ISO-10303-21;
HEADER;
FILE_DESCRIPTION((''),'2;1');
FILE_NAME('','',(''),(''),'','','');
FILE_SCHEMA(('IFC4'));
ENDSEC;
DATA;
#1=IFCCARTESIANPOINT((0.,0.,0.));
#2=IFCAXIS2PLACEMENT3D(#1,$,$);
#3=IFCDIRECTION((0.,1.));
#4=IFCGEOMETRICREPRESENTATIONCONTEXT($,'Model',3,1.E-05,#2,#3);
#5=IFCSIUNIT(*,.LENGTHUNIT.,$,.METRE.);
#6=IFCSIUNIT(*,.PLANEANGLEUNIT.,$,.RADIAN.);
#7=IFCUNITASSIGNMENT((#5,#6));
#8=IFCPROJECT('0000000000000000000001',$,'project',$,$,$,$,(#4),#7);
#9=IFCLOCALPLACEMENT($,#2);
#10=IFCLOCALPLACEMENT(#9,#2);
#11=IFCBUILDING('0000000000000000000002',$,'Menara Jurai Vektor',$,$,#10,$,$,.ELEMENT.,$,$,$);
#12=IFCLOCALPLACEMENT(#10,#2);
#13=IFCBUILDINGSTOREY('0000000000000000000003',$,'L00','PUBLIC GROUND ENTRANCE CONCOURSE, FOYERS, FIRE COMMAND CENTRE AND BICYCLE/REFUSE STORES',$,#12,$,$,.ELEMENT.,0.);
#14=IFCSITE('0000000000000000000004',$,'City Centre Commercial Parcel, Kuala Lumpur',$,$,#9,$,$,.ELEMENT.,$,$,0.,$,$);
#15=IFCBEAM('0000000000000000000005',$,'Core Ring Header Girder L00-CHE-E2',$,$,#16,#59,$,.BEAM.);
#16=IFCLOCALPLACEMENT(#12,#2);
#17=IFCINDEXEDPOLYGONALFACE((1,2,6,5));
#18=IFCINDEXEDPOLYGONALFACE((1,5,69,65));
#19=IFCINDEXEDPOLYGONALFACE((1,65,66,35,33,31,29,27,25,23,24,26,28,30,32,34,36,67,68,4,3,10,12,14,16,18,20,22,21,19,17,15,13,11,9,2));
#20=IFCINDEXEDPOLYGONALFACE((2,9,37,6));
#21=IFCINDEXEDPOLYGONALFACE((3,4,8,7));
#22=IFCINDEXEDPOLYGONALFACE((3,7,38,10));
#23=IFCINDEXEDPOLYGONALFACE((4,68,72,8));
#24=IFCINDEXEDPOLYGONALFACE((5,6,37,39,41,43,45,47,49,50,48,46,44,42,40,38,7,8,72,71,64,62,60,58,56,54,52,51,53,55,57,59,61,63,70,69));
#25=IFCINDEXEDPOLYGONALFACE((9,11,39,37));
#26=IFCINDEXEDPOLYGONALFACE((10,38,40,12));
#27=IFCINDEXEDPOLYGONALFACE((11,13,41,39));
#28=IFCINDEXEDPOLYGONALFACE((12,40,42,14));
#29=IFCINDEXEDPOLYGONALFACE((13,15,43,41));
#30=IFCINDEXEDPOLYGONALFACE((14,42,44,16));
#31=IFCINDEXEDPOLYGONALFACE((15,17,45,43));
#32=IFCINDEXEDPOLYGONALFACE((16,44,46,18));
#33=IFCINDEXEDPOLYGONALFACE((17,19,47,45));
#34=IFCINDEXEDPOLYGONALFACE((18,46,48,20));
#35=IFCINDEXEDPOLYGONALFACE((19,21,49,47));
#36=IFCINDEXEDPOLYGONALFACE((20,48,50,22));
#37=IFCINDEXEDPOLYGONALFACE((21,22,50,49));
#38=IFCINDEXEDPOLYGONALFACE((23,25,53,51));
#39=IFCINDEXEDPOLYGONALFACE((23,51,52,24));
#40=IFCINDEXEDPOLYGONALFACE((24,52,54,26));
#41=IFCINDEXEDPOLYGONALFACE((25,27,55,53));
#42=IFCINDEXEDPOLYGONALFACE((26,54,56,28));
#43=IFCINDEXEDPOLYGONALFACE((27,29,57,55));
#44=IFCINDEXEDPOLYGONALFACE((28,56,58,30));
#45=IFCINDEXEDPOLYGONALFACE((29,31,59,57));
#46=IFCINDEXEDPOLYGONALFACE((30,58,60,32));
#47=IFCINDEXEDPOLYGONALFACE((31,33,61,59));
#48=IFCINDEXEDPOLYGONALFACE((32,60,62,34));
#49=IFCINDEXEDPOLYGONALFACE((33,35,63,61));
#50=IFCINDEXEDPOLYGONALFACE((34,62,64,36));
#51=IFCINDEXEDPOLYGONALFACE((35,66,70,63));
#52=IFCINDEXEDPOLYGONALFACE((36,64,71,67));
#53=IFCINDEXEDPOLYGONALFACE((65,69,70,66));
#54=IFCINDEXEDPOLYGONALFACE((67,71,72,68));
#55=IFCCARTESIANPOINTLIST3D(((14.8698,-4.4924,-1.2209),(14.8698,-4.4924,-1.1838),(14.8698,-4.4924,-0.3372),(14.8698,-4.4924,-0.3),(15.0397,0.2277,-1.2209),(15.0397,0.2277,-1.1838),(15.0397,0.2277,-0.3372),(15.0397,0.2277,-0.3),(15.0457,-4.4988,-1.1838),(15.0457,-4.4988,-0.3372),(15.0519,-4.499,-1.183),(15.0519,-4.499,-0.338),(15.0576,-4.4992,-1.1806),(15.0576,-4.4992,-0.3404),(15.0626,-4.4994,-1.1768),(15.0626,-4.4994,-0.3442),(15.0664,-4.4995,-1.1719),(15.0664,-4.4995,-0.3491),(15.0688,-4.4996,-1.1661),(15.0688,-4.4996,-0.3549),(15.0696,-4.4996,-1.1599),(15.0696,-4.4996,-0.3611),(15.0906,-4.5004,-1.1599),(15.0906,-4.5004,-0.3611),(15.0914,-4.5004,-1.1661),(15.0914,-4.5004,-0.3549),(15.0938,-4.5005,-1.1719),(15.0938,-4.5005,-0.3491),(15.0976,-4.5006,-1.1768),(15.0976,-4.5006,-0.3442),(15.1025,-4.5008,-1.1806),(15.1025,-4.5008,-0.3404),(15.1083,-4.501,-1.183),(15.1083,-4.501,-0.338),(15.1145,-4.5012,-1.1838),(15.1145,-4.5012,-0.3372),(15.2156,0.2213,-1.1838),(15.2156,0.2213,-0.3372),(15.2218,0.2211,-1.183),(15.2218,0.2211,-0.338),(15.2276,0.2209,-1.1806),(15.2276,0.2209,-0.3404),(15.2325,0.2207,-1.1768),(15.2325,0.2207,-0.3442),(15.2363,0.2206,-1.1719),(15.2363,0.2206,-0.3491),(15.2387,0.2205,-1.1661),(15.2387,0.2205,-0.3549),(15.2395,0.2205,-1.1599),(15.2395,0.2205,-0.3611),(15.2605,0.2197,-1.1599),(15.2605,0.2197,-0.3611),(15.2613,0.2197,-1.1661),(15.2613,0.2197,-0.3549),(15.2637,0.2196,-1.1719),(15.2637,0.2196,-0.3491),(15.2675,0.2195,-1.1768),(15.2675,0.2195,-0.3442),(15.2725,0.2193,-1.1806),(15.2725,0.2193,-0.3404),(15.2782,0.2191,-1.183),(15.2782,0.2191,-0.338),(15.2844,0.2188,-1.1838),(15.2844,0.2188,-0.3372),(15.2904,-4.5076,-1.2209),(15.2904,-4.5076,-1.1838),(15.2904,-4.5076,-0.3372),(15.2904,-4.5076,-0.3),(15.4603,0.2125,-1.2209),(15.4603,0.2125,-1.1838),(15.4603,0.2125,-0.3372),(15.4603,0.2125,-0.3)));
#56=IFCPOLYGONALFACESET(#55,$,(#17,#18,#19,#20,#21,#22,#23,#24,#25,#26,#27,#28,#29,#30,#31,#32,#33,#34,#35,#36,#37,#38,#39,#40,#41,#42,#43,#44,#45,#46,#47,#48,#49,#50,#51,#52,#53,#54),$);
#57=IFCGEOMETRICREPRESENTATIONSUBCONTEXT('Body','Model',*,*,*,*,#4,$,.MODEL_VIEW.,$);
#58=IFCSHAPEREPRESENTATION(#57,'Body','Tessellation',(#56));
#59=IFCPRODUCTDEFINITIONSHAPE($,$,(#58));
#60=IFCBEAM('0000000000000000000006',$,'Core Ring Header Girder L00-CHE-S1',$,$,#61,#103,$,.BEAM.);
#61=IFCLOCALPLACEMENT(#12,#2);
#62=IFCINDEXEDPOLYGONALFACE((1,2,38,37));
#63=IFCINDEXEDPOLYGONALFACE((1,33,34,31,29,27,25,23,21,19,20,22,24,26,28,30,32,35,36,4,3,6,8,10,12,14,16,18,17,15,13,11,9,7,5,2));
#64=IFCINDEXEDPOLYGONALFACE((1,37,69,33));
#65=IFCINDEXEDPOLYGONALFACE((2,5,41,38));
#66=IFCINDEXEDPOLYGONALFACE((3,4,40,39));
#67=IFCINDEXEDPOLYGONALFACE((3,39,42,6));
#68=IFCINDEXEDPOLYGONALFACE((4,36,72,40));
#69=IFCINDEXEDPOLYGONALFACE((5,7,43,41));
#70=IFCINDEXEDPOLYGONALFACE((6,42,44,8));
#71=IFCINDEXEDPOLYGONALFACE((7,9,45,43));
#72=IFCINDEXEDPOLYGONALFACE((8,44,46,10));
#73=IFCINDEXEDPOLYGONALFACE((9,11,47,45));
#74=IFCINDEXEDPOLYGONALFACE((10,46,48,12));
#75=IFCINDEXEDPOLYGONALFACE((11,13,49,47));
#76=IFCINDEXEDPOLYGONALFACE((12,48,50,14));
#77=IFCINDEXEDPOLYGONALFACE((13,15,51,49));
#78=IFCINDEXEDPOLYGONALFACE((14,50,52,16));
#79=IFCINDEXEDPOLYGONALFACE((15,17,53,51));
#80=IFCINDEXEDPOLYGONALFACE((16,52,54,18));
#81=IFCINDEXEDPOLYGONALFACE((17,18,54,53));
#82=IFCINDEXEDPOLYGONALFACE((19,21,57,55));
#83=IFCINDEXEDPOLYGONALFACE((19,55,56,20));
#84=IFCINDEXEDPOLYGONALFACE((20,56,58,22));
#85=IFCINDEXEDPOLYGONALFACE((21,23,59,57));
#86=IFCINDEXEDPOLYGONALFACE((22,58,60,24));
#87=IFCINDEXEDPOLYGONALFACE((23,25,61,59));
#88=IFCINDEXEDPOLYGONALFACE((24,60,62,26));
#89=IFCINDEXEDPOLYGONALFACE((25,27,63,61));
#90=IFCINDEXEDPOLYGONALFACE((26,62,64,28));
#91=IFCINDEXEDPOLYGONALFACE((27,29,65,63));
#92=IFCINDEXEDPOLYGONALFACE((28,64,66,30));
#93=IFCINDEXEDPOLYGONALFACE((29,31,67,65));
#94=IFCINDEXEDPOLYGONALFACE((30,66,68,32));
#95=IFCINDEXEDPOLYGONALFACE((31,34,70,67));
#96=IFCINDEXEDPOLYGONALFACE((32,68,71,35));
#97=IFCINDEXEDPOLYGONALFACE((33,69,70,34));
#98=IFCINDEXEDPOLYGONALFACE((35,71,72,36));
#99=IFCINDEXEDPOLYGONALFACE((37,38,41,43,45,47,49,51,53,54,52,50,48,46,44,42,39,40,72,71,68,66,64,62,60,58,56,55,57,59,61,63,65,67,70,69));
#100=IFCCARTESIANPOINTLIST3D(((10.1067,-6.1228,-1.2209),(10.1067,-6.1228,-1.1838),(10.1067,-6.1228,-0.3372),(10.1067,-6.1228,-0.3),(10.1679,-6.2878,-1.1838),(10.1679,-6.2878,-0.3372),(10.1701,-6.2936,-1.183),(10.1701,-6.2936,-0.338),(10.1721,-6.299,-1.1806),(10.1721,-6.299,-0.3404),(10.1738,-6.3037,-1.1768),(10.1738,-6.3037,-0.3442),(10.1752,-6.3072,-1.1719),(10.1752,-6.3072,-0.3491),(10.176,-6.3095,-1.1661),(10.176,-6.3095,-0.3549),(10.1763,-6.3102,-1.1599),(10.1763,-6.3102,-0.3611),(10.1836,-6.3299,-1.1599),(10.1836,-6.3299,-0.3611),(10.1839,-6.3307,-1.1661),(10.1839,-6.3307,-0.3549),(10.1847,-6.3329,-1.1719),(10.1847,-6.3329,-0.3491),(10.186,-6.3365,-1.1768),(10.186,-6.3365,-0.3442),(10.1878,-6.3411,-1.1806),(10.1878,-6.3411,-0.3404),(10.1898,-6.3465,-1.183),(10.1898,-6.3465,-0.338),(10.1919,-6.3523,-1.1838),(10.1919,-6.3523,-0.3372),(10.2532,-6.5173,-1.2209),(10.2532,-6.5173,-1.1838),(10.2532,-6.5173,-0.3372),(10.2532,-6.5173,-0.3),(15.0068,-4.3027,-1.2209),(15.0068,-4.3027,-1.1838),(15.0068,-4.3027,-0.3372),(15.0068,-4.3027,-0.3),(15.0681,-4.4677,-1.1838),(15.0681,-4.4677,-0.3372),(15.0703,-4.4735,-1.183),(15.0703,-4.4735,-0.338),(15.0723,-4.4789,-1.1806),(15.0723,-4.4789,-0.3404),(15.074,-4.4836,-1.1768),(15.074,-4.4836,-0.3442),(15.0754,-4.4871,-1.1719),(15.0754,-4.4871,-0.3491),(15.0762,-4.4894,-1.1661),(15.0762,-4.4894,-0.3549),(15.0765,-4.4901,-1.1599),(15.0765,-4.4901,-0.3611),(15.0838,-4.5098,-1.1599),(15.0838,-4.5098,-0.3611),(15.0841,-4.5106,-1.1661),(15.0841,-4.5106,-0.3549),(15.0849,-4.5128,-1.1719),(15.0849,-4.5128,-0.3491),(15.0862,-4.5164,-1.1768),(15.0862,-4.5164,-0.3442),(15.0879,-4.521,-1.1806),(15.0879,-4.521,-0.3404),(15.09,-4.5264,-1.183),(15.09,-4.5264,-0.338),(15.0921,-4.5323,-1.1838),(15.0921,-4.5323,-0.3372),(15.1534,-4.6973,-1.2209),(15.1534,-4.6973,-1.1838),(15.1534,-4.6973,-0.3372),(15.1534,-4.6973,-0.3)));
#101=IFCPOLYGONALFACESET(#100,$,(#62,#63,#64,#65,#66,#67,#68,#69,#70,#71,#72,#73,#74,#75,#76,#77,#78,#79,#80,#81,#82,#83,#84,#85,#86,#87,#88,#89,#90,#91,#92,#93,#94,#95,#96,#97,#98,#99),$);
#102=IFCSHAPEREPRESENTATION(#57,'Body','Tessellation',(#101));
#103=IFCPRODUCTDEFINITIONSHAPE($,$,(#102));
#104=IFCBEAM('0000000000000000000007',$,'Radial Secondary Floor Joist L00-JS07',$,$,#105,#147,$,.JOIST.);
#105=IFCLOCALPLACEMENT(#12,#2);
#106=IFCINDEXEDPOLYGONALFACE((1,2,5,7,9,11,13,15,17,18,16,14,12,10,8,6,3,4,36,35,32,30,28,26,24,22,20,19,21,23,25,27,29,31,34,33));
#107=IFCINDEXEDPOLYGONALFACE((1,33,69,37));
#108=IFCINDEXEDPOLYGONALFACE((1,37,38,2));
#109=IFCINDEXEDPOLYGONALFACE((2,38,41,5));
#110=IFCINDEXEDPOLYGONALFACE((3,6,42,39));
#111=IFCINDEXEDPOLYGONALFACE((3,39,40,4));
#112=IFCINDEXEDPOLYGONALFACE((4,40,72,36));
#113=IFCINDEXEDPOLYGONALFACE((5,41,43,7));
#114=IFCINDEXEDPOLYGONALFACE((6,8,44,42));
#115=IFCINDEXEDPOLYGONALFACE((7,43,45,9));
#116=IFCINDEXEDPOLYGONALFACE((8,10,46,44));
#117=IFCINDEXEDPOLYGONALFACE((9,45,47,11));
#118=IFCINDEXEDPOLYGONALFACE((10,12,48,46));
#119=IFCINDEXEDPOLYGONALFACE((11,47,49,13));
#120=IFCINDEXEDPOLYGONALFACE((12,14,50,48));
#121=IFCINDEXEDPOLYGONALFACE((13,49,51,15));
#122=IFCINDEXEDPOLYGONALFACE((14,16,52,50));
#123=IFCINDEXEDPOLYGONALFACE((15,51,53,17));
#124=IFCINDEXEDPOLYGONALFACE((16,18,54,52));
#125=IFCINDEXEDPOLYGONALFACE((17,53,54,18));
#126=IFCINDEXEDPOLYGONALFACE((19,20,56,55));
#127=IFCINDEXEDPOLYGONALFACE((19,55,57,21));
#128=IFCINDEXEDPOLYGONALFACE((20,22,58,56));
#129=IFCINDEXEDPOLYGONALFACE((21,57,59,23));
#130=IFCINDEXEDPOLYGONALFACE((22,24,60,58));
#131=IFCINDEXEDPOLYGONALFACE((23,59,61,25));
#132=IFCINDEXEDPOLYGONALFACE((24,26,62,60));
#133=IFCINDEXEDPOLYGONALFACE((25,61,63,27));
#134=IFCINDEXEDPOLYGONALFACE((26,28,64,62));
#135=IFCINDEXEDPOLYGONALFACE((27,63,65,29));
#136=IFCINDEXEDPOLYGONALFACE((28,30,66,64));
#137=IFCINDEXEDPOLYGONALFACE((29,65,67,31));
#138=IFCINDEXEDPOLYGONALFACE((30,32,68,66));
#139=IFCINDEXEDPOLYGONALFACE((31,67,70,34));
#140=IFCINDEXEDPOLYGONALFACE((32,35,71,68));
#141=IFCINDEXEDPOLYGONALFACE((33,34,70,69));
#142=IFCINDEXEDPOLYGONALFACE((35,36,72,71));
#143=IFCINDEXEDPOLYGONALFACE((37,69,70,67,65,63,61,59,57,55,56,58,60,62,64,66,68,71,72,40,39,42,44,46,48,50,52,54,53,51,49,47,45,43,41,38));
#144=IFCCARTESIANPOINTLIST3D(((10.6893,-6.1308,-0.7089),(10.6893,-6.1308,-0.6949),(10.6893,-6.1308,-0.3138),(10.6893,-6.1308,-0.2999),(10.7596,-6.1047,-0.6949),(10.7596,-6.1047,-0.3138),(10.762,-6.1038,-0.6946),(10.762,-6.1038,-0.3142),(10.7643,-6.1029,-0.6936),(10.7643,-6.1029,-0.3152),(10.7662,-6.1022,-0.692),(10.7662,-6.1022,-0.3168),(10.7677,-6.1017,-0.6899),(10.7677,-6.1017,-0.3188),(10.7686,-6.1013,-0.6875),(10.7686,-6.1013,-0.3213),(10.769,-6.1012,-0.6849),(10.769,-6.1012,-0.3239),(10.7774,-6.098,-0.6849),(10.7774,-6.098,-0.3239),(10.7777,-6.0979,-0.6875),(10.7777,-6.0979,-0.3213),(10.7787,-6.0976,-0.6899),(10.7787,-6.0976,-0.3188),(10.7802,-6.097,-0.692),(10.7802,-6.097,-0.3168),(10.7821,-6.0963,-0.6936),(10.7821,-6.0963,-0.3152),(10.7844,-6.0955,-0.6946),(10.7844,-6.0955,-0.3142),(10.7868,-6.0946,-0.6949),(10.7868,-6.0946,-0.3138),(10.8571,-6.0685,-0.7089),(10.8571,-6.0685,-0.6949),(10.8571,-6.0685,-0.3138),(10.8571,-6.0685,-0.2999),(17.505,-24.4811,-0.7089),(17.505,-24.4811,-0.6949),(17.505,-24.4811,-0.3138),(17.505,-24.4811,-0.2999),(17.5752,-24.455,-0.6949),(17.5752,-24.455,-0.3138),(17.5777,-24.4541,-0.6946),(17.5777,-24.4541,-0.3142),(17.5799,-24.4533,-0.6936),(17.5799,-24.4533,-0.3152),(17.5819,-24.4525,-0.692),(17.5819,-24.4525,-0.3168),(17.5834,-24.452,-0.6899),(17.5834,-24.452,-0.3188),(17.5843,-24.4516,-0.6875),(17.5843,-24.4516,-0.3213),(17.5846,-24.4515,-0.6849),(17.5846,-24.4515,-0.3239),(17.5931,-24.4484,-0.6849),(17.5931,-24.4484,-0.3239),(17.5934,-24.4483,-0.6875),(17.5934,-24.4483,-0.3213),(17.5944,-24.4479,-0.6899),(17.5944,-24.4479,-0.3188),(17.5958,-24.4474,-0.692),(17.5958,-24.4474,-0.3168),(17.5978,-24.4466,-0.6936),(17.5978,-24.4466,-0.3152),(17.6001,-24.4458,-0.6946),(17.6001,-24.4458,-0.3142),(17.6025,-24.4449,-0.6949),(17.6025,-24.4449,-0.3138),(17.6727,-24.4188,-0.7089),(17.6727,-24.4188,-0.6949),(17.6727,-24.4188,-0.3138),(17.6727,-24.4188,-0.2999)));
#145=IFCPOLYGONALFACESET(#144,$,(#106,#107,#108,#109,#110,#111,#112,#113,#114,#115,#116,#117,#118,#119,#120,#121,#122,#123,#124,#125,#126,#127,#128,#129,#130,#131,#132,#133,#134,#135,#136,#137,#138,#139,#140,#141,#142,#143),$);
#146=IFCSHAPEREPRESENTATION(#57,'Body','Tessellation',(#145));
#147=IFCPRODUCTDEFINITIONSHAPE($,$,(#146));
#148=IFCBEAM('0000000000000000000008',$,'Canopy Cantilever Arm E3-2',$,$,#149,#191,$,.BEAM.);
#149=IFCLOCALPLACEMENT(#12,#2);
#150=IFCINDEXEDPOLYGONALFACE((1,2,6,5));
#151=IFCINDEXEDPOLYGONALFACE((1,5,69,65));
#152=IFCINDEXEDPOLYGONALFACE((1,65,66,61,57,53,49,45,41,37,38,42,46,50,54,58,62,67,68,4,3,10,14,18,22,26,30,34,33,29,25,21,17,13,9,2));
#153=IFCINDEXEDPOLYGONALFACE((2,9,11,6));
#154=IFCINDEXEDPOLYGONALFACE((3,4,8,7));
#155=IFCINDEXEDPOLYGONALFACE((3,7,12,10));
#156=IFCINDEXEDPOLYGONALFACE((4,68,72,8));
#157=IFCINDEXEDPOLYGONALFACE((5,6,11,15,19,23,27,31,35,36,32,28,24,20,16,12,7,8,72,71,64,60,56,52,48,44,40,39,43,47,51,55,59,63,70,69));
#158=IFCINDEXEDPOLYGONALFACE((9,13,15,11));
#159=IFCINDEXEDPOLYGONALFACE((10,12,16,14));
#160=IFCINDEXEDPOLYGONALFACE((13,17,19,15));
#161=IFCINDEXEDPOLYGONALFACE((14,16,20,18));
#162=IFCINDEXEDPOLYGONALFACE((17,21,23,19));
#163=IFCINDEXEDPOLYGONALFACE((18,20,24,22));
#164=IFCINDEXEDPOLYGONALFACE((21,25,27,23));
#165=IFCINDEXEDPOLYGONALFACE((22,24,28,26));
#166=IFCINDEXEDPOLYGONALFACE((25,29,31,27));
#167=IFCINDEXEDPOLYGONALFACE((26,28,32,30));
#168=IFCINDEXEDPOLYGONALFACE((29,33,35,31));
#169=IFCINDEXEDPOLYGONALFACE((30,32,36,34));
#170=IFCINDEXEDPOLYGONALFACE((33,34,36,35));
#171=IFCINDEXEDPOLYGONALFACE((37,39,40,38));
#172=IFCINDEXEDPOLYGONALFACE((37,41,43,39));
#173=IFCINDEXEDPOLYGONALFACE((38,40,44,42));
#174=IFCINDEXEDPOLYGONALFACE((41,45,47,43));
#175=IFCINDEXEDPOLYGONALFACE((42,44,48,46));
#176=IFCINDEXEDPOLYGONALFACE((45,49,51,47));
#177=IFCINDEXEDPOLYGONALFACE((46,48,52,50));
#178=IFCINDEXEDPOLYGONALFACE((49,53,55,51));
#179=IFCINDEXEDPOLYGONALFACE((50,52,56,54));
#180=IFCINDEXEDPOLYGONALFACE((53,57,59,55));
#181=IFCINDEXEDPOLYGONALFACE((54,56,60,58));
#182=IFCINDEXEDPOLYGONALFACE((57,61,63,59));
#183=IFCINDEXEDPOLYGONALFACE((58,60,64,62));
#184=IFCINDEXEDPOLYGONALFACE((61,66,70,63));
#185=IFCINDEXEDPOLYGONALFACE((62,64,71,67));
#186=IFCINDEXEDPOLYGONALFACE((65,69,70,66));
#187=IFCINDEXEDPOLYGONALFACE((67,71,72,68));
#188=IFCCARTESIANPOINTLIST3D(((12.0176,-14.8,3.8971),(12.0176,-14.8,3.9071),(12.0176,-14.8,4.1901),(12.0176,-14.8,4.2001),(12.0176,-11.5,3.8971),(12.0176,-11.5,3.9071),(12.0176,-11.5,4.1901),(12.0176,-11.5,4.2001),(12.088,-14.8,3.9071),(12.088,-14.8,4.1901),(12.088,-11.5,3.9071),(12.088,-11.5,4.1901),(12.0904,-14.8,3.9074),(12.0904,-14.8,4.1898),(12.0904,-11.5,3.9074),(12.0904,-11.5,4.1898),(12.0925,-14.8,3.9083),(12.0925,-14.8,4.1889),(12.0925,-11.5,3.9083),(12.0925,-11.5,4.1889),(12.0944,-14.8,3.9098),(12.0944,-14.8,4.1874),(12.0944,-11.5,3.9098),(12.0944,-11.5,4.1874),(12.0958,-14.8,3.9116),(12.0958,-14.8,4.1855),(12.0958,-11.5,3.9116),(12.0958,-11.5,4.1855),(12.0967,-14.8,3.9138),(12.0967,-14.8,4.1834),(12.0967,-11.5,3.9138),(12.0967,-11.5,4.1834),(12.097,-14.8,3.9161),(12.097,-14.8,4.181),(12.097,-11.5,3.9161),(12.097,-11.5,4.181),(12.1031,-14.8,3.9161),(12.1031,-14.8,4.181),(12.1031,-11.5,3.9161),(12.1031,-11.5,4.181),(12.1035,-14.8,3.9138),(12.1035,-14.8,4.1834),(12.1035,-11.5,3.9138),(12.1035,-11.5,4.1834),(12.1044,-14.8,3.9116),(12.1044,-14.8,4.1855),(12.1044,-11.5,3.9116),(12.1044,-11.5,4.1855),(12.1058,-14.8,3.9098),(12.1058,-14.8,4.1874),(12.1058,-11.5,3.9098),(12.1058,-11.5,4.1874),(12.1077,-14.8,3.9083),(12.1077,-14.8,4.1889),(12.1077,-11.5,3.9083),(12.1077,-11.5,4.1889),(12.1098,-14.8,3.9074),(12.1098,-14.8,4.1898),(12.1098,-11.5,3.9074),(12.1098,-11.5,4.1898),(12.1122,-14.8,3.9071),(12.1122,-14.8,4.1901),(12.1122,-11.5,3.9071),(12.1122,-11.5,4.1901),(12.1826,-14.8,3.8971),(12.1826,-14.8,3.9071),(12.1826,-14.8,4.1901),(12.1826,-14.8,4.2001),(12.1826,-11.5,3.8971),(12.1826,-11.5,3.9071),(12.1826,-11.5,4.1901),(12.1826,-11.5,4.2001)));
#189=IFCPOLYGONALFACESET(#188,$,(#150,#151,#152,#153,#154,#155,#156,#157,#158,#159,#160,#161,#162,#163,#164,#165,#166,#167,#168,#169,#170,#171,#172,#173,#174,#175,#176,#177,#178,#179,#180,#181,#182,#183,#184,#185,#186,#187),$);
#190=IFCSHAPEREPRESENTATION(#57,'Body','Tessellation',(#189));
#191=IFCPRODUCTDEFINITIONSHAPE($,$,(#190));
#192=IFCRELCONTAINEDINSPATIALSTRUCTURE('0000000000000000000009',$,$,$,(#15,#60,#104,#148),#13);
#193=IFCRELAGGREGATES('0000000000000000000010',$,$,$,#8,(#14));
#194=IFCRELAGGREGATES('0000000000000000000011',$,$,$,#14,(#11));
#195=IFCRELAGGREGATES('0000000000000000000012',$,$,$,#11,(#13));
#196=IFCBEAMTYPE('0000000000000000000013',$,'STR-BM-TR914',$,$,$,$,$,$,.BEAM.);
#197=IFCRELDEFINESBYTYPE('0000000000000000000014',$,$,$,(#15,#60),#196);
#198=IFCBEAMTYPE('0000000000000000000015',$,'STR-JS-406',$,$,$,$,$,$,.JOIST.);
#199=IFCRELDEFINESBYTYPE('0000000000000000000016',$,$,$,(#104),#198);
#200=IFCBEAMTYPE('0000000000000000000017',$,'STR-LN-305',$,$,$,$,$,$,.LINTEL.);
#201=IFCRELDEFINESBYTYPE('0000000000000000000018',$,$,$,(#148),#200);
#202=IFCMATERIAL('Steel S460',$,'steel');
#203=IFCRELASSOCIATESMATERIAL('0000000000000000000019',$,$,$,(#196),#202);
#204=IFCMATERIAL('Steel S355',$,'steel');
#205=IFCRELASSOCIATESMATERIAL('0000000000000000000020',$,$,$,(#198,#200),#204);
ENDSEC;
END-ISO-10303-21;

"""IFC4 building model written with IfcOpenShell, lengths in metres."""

from ifc_helpers import new_model, si_unit, direction, frame, origin, origin_2d, place, context, subcontext, project, spatial, i_section, extrude, material, material_profile, profile_set, type_object, element, save


model = new_model("IFC4")

# Units and contexts
model_context = context("Model", 3, precision=1e-05, world=origin(), true_north=direction((0.0, 1.0)))
body_context = subcontext(model_context, "Body", "Model", "MODEL_VIEW")
ifc_project = project(units=[si_unit("LENGTHUNIT", "METRE"), si_unit("PLANEANGLEUNIT", "RADIAN")], contexts=[model_context])

# Site, building, storey
site_placement = place(None, origin())
site = spatial("IfcSite", under=ifc_project, at=site_placement, Name="City Centre Commercial Parcel, Kuala Lumpur", CompositionType="ELEMENT", RefElevation=0.0)
building_placement = place(site_placement, origin())
building = spatial("IfcBuilding", under=site, at=building_placement, Name="Menara Jurai Vektor", CompositionType="ELEMENT")
storey_placement = place(building_placement, origin())
storey = spatial("IfcBuildingStorey", under=building, at=storey_placement, Name="L00", Description="PUBLIC GROUND ENTRANCE CONCOURSE, FOYERS, FIRE COMMAND CENTRE AND BICYCLE/REFUSE STORES", CompositionType="ELEMENT", Elevation=0.0)

# Shared definitions
ifc_material_1 = material(Name="Steel S355", Category="steel")
ifc_material_2 = material(Name="Steel S460", Category="steel")

# Beams
ifc_material_profile_1 = material_profile(ifc_material_2, i_section(OverallWidth=0.4209, OverallDepth=0.9209, WebThickness=0.021, FlangeThickness=0.0371, FilletRadius=0.0239, at=origin_2d()), Name="UKB 914x419x388")
ifc_profile_set_1 = profile_set([ifc_material_profile_1], Name="Steel S460")
beam_type_1 = type_object("IfcBeamType", Name="STR-BM-TR914", PredefinedType="BEAM", material=ifc_profile_set_1)
beam_1_placement = place(storey_placement, frame((15.0801, -4.5, -0.7605), z_axis=(0.035977, 0.999353, 0.0), x_axis=(-0.999353, 0.035977, 0.0)))
element("IfcBeam", 1, at=beam_1_placement, inside=storey, type_object=beam_type_1, Name="Core Ring Header Girder L00-CHE-E2", PredefinedType="BEAM", context=body_context, shape_type="SweptSolid", body=[
    extrude(i_section(OverallWidth=0.4209, OverallDepth=0.9209, WebThickness=0.021, FlangeThickness=0.0371, FilletRadius=0.0239, at=origin_2d()), origin(), (0.0, 0.0, 1.0), 4.7231),
])
beam_2_placement = place(storey_placement, frame((10.1799, -6.3201, -0.7605), z_axis=(0.937424, 0.348189, 0.0), x_axis=(-0.348189, 0.937424, 0.0)))
element("IfcBeam", 2, at=beam_2_placement, inside=storey, type_object=beam_type_1, Name="Core Ring Header Girder L00-CHE-S1", PredefinedType="BEAM", context=body_context, shape_type="SweptSolid", body=[
    extrude(i_section(OverallWidth=0.4209, OverallDepth=0.9209, WebThickness=0.021, FlangeThickness=0.0371, FilletRadius=0.0239, at=origin_2d()), origin(), (0.0, 0.0, 1.0), 5.2273),
])
ifc_material_profile_2 = material_profile(ifc_material_1, i_section(OverallWidth=0.179, OverallDepth=0.4089, WebThickness=0.009, FlangeThickness=0.0139, FilletRadius=0.01, at=origin_2d()), Name="UKB 406x178x67")
ifc_profile_set_2 = profile_set([ifc_material_profile_2], Name="Steel S355")
beam_type_2 = type_object("IfcBeamType", Name="STR-JS-406", PredefinedType="JOIST", material=ifc_profile_set_2)
beam_3_placement = place(storey_placement, frame((17.5889, -24.45, -0.5044), z_axis=(-0.348179, 0.937428, 0.0), x_axis=(-0.937428, -0.348179, 0.0)))
element("IfcBeam", 3, at=beam_3_placement, inside=storey, type_object=beam_type_2, Name="Radial Secondary Floor Joist L00-JS07", PredefinedType="JOIST", context=body_context, shape_type="SweptSolid", body=[
    extrude(i_section(OverallWidth=0.179, OverallDepth=0.4089, WebThickness=0.009, FlangeThickness=0.0139, FilletRadius=0.01, at=origin_2d()), origin(), (0.0, 0.0, 1.0), 19.5752),
])
ifc_material_profile_3 = material_profile(ifc_material_1, i_section(OverallWidth=0.165, OverallDepth=0.303, WebThickness=0.0061, FlangeThickness=0.01, FilletRadius=0.009, at=origin_2d()), Name="UKB 305x165x40")
ifc_profile_set_3 = profile_set([ifc_material_profile_3], Name="Steel S355")
beam_type_3 = type_object("IfcBeamType", Name="STR-LN-305", PredefinedType="LINTEL", material=ifc_profile_set_3)
beam_4_placement = place(storey_placement, frame((12.1001, -11.5, 4.0486), z_axis=(0.0, -1.0, 0.0), x_axis=(1.0, 0.0, 0.0)))
element("IfcBeam", 4, at=beam_4_placement, inside=storey, type_object=beam_type_3, Name="Canopy Cantilever Arm E3-2", PredefinedType="BEAM", context=body_context, shape_type="SweptSolid", body=[
    extrude(i_section(OverallWidth=0.165, OverallDepth=0.303, WebThickness=0.0061, FlangeThickness=0.01, FilletRadius=0.009, at=origin_2d()), origin(), (0.0, 0.0, 1.0), 3.3),
])

save(model, "model.ifc")
